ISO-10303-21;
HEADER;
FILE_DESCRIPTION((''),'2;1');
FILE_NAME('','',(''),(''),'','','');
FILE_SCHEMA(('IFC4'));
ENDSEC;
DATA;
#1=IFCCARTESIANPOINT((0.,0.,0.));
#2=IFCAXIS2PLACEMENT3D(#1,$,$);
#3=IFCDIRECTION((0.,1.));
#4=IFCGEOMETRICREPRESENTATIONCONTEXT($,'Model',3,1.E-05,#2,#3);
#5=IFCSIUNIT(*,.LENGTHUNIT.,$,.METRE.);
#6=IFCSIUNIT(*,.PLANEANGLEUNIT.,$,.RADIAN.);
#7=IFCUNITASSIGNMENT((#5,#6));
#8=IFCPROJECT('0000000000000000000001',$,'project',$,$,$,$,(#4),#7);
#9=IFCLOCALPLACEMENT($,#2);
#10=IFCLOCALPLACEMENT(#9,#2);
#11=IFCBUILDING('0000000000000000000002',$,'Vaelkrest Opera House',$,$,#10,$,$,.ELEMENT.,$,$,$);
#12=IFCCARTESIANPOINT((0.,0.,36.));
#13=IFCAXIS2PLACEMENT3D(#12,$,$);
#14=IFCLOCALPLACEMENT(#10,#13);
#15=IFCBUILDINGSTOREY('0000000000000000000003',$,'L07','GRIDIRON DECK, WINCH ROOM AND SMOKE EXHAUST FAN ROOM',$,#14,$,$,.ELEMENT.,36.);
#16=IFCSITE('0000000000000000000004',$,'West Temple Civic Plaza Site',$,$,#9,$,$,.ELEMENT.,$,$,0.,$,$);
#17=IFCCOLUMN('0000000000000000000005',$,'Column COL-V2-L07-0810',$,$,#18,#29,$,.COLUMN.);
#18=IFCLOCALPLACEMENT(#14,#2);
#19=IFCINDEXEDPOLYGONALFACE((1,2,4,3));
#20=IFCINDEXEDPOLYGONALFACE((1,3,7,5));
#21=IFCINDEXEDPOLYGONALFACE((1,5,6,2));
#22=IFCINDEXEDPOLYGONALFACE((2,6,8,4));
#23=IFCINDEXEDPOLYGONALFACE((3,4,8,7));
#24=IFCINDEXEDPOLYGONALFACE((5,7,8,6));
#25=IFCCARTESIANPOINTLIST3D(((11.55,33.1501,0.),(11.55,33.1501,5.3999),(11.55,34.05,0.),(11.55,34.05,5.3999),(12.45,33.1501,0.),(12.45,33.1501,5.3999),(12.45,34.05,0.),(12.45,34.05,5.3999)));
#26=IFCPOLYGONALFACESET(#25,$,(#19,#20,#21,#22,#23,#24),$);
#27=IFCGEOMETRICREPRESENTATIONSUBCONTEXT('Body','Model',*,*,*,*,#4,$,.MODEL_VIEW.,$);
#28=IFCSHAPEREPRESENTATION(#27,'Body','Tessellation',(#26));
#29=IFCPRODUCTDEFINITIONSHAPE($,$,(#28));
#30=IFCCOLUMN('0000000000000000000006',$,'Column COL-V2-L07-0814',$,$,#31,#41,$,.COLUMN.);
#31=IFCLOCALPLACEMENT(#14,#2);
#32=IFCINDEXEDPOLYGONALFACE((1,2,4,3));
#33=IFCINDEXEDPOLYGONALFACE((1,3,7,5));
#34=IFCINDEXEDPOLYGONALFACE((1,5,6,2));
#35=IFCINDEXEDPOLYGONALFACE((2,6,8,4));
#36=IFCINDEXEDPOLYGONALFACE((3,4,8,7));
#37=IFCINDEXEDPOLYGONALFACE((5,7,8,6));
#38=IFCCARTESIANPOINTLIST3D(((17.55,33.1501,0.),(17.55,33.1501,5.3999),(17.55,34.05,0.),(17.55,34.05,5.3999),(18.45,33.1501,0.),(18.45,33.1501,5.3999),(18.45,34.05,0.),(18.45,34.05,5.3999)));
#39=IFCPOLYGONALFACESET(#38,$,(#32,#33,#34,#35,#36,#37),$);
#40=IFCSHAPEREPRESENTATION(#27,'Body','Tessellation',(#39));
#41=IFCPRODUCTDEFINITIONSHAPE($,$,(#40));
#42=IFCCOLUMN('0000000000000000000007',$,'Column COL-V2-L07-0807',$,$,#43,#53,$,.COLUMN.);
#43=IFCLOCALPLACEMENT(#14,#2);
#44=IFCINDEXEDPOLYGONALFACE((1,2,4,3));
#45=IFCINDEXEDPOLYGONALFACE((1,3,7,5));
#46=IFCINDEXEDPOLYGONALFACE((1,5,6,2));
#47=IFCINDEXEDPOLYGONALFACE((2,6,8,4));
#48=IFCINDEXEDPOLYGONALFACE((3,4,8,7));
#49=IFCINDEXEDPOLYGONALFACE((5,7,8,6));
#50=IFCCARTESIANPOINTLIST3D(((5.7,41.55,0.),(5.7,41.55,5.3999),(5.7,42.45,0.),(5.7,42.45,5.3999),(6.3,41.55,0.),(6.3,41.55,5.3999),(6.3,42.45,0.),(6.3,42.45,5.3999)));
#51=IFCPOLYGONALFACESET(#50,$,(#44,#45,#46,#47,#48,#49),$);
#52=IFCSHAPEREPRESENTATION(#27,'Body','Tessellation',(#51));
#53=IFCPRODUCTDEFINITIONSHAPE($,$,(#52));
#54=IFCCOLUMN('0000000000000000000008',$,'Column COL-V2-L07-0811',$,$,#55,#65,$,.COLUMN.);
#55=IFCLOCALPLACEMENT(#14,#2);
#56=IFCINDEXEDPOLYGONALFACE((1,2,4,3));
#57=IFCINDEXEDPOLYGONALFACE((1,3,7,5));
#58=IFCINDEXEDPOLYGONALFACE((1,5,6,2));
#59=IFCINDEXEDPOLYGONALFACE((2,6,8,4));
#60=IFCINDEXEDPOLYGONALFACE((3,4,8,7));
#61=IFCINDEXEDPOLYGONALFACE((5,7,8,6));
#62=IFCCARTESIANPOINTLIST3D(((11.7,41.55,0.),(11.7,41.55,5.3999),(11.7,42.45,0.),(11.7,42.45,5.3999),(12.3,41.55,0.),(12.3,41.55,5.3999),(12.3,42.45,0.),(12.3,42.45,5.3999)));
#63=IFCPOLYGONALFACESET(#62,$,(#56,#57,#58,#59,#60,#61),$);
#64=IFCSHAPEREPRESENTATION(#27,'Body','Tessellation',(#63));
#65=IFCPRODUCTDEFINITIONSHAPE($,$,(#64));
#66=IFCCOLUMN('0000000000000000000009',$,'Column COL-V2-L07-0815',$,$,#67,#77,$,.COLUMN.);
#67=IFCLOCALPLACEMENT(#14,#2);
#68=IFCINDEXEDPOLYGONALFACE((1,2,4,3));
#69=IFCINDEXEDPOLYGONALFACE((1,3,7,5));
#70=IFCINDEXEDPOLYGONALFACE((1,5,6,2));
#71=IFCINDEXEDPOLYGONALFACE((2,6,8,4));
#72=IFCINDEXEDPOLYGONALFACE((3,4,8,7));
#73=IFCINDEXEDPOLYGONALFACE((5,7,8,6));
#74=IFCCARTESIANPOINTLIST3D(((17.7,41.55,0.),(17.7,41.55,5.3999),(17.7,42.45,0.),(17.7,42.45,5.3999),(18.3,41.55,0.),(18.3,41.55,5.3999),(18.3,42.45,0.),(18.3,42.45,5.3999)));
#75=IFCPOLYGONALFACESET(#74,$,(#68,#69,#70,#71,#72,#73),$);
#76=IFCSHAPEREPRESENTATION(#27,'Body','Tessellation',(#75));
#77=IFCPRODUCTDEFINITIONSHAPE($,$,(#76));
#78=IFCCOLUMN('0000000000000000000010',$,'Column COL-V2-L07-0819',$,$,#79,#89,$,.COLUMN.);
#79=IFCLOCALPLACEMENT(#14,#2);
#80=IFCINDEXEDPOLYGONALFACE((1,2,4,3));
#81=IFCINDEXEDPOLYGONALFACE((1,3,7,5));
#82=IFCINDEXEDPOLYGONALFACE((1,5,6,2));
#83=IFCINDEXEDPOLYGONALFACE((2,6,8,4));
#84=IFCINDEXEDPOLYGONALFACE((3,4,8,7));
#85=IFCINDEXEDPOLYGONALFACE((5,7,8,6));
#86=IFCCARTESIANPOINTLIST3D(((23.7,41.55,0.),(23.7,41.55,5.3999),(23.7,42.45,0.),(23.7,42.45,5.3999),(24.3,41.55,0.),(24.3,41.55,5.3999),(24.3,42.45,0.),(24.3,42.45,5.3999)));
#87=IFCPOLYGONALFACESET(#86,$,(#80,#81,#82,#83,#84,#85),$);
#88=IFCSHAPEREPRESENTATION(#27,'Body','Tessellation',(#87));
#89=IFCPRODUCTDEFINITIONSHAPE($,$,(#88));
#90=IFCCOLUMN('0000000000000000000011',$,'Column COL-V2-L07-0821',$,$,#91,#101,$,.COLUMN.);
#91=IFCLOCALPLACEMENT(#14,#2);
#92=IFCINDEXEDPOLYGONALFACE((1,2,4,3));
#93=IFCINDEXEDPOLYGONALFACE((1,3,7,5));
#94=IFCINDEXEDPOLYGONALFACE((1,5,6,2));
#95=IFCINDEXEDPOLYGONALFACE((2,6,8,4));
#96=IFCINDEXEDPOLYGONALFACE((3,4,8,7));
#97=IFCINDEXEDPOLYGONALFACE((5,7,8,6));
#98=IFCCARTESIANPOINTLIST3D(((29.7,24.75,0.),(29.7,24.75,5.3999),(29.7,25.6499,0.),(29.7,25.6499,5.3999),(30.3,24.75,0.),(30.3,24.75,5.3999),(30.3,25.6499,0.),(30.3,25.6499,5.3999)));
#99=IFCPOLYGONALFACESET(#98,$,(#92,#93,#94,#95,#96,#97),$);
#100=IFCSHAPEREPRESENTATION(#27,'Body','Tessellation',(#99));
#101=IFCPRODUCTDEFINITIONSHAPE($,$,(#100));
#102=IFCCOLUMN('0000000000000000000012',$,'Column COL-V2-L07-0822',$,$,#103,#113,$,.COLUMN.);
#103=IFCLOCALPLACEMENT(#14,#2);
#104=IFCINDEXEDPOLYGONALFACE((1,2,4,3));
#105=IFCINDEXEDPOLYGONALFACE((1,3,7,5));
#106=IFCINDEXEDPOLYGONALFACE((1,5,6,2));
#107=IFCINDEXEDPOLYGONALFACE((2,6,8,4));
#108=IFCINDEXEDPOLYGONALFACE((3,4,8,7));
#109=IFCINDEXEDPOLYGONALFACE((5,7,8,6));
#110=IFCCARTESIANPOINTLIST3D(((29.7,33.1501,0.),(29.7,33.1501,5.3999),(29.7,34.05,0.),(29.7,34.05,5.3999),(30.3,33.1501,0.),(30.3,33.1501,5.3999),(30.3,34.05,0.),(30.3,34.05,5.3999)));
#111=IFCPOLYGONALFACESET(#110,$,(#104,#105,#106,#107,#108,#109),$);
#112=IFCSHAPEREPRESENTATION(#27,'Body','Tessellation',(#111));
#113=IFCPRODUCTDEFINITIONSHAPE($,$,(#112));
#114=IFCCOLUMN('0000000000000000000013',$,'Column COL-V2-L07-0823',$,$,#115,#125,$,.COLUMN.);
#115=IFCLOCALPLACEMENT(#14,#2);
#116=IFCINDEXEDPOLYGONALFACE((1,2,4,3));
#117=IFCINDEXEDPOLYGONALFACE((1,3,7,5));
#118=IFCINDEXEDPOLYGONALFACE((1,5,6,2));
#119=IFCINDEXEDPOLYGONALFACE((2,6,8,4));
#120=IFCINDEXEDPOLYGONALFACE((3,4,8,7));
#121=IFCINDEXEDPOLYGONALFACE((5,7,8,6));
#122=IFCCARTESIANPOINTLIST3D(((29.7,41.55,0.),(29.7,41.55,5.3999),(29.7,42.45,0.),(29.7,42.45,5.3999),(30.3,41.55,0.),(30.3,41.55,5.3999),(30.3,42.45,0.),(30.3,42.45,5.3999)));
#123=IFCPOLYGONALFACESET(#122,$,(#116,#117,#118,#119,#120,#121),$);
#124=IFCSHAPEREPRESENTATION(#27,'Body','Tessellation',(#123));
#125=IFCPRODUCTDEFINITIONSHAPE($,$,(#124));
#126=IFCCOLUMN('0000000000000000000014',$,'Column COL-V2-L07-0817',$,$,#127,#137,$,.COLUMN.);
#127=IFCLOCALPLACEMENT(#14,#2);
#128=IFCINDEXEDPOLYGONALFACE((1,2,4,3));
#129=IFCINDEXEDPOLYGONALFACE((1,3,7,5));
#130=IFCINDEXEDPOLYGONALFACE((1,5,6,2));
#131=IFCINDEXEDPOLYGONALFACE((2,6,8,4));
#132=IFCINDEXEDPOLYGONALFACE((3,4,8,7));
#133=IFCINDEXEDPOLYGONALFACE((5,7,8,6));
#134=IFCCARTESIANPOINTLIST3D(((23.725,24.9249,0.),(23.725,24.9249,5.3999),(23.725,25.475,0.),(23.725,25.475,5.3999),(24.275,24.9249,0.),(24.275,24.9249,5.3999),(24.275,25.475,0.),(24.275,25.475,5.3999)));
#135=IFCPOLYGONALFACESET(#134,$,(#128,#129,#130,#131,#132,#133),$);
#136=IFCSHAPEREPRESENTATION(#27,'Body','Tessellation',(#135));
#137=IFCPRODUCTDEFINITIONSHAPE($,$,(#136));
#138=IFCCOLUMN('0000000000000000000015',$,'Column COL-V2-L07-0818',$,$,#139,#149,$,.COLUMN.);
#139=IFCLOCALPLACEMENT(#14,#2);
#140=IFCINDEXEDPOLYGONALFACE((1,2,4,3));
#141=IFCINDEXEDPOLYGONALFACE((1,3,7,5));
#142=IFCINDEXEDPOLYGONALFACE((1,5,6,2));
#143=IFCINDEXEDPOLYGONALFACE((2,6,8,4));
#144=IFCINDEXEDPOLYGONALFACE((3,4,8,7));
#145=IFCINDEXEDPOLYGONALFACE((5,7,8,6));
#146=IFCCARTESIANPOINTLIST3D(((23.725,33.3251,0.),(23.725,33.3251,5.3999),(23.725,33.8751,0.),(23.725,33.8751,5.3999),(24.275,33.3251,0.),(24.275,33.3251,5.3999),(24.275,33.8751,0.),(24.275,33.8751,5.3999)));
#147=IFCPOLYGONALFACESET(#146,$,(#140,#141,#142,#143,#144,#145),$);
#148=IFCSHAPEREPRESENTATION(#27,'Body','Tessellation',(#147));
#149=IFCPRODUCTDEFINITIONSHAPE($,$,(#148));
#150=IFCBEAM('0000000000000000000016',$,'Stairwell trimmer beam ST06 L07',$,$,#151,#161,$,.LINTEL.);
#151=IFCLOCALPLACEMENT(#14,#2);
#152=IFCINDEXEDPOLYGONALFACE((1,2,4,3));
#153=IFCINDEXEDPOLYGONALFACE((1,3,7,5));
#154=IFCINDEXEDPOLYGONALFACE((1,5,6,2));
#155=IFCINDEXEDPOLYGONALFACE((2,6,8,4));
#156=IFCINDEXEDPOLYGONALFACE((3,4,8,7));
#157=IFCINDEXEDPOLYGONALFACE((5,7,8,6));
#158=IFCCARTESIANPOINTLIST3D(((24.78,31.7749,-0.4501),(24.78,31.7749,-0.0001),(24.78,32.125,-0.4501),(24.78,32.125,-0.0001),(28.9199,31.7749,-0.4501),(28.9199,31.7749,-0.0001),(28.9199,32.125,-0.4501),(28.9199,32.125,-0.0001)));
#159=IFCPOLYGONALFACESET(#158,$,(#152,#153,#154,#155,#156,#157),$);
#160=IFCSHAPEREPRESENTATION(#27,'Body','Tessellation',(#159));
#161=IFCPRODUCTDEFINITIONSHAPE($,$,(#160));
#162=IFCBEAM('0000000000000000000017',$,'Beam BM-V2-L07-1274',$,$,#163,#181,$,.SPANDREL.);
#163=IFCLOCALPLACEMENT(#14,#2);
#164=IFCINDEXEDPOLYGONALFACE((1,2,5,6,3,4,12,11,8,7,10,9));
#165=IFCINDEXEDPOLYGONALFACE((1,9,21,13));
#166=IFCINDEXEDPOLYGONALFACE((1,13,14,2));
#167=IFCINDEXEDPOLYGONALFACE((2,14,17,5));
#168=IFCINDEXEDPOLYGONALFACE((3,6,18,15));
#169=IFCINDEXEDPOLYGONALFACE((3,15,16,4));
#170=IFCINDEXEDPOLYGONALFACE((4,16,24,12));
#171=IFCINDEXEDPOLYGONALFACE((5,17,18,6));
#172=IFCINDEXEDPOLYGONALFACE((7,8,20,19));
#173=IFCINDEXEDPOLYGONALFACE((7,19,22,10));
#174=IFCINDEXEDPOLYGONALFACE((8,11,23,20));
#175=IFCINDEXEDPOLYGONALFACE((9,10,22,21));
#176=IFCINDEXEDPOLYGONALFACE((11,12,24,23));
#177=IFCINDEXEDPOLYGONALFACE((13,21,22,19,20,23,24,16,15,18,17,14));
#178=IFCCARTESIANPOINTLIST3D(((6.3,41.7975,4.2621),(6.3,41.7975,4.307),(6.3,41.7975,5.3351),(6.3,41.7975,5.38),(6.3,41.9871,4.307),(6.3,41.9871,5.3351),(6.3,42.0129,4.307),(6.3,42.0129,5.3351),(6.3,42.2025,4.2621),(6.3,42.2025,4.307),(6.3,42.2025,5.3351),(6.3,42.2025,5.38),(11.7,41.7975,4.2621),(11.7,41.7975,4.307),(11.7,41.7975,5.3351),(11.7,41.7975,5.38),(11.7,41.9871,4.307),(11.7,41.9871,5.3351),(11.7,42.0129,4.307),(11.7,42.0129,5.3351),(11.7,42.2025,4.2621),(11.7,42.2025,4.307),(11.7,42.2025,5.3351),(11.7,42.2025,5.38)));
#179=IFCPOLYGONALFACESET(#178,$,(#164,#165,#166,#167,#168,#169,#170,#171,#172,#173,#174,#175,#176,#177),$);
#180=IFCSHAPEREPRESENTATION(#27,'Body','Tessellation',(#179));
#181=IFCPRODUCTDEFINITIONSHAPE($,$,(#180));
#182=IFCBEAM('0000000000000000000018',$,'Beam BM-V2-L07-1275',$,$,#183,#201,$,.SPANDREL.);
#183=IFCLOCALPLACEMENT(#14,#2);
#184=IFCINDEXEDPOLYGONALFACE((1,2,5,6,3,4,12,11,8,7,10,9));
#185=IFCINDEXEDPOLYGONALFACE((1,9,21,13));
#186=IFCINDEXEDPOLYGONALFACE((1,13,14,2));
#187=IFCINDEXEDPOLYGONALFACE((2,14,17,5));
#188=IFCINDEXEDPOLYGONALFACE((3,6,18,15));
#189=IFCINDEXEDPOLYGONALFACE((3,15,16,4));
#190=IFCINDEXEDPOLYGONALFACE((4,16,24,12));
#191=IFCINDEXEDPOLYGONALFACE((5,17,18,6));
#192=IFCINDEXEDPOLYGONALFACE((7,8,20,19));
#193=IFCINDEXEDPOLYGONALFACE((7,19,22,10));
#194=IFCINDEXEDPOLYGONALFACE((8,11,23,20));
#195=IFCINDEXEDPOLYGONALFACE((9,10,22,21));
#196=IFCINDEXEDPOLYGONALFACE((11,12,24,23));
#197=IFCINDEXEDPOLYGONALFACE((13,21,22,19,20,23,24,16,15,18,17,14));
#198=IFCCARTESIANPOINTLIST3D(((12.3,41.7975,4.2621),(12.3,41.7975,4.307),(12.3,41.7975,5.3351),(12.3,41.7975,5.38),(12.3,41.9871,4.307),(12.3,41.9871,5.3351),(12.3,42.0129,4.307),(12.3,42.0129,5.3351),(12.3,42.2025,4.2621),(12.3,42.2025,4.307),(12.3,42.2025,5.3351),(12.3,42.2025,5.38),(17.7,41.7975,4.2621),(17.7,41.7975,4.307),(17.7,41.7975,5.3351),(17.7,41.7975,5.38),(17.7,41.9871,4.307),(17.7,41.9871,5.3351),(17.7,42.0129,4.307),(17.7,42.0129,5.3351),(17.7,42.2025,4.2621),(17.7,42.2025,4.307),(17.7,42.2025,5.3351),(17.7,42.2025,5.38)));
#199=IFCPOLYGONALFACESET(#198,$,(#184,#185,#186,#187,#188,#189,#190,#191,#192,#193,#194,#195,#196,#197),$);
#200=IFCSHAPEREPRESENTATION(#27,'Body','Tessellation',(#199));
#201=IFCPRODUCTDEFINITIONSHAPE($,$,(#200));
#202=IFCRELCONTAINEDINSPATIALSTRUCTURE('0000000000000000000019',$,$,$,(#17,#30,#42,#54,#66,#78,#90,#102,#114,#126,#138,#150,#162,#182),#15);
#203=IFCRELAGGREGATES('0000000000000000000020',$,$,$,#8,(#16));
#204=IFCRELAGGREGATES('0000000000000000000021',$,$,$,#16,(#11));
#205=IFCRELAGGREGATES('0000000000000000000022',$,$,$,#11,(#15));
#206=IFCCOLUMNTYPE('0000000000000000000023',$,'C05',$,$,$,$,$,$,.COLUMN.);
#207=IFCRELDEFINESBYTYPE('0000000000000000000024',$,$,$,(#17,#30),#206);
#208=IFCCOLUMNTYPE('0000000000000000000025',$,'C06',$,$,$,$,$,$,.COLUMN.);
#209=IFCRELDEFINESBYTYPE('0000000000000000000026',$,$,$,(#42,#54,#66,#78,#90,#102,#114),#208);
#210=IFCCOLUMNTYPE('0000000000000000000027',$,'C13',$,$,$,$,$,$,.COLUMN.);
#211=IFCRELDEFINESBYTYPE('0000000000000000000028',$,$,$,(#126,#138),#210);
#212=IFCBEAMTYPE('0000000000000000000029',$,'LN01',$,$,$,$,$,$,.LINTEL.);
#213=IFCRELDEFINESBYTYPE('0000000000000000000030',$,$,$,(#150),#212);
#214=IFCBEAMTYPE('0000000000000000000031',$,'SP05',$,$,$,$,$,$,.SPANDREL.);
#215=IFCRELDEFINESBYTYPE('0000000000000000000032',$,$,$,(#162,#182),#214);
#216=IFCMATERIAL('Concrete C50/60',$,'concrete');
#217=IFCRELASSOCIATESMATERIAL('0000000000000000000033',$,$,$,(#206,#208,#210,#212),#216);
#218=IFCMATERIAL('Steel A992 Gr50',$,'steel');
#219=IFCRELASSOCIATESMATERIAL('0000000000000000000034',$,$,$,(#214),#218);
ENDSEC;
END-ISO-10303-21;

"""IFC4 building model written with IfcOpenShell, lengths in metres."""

from ifc_helpers import new_model, si_unit, direction, frame, origin, origin_2d, place, context, subcontext, project, spatial, rectangle, i_section, extrude, material, material_profile, profile_set, type_object, element, save


model = new_model("IFC4")

# Units and contexts
model_context = context("Model", 3, precision=1e-05, world=origin(), true_north=direction((0.0, 1.0)))
body_context = subcontext(model_context, "Body", "Model", "MODEL_VIEW")
ifc_project = project(units=[si_unit("LENGTHUNIT", "METRE"), si_unit("PLANEANGLEUNIT", "RADIAN")], contexts=[model_context])

# Site, building, storey
site_placement = place(None, origin())
site = spatial("IfcSite", under=ifc_project, at=site_placement, Name="West Temple Civic Plaza Site", CompositionType="ELEMENT", RefElevation=0.0)
building_placement = place(site_placement, origin())
building = spatial("IfcBuilding", under=site, at=building_placement, Name="Vaelkrest Opera House", CompositionType="ELEMENT")
storey_placement = place(building_placement, frame((0.0, 0.0, 36.0)))
storey = spatial("IfcBuildingStorey", under=building, at=storey_placement, Name="L07", Description="GRIDIRON DECK, WINCH ROOM AND SMOKE EXHAUST FAN ROOM", CompositionType="ELEMENT", Elevation=36.0)

# Columns
ifc_material_1 = material(Name="Concrete C50/60", Category="concrete")
ifc_material_profile_1 = material_profile(ifc_material_1, rectangle(XDim=0.8999, YDim=0.8999, at=origin_2d()), Name="RC900X900")
ifc_profile_set_1 = profile_set([ifc_material_profile_1], Name="Concrete C50/60")
column_type_1 = type_object("IfcColumnType", Name="C05", PredefinedType="COLUMN", material=ifc_profile_set_1)
for number, where, z_axis, x_axis, name in (
    (1, (12.0, 33.6001, 0.0), (0.0, 0.0, 1.0), (1.0, 0.0, 0.0), "Column COL-V2-L07-0810"),
    (2, (18.0, 33.6001, 0.0), (0.0, 0.0, 1.0), (1.0, 0.0, 0.0), "Column COL-V2-L07-0814"),
):
    element("IfcColumn", number, at=place(storey_placement, frame(where, z_axis=z_axis, x_axis=x_axis)), inside=storey, type_object=column_type_1, Name=name, PredefinedType="COLUMN", context=body_context, shape_type="SweptSolid", body=[
        extrude(rectangle(XDim=0.8999, YDim=0.8999, at=origin_2d()), origin(), (0.0, 0.0, 1.0), 5.3999),
    ])
ifc_material_profile_2 = material_profile(ifc_material_1, rectangle(XDim=0.6001, YDim=0.8999, at=origin_2d()), Name="RC600X900")
ifc_profile_set_2 = profile_set([ifc_material_profile_2], Name="Concrete C50/60")
column_type_2 = type_object("IfcColumnType", Name="C06", PredefinedType="COLUMN", material=ifc_profile_set_2)
for number, where, z_axis, x_axis, name in (
    (3, (6.0, 42.0, 0.0), (0.0, 0.0, 1.0), (1.0, 0.0, 0.0), "Column COL-V2-L07-0807"),
    (4, (12.0, 42.0, 0.0), (0.0, 0.0, 1.0), (1.0, 0.0, 0.0), "Column COL-V2-L07-0811"),
    (5, (18.0, 42.0, 0.0), (0.0, 0.0, 1.0), (1.0, 0.0, 0.0), "Column COL-V2-L07-0815"),
    (6, (24.0, 42.0, 0.0), (0.0, 0.0, 1.0), (1.0, 0.0, 0.0), "Column COL-V2-L07-0819"),
    (7, (30.0, 25.2, 0.0), (0.0, 0.0, 1.0), (1.0, 0.0, 0.0), "Column COL-V2-L07-0821"),
    (8, (30.0, 33.6001, 0.0), (0.0, 0.0, 1.0), (1.0, 0.0, 0.0), "Column COL-V2-L07-0822"),
    (9, (30.0, 42.0, 0.0), (0.0, 0.0, 1.0), (1.0, 0.0, 0.0), "Column COL-V2-L07-0823"),
):
    element("IfcColumn", number, at=place(storey_placement, frame(where, z_axis=z_axis, x_axis=x_axis)), inside=storey, type_object=column_type_2, Name=name, PredefinedType="COLUMN", context=body_context, shape_type="SweptSolid", body=[
        extrude(rectangle(XDim=0.6001, YDim=0.8999, at=origin_2d()), origin(), (0.0, 0.0, 1.0), 5.3999),
    ])
ifc_material_profile_3 = material_profile(ifc_material_1, rectangle(XDim=0.55, YDim=0.55, at=origin_2d()), Name="RC550X550")
ifc_profile_set_3 = profile_set([ifc_material_profile_3], Name="Concrete C50/60")
column_type_3 = type_object("IfcColumnType", Name="C13", PredefinedType="COLUMN", material=ifc_profile_set_3)
for number, where, z_axis, x_axis, name in (
    (10, (24.0, 25.2, 0.0), (0.0, 0.0, 1.0), (1.0, 0.0, 0.0), "Column COL-V2-L07-0817"),
    (11, (24.0, 33.6001, 0.0), (0.0, 0.0, 1.0), (1.0, 0.0, 0.0), "Column COL-V2-L07-0818"),
):
    element("IfcColumn", number, at=place(storey_placement, frame(where, z_axis=z_axis, x_axis=x_axis)), inside=storey, type_object=column_type_3, Name=name, PredefinedType="COLUMN", context=body_context, shape_type="SweptSolid", body=[
        extrude(rectangle(XDim=0.55, YDim=0.55, at=origin_2d()), origin(), (0.0, 0.0, 1.0), 5.3999),
    ])

# Beams
ifc_material_profile_4 = material_profile(ifc_material_1, rectangle(XDim=0.3501, YDim=0.45, at=origin_2d()), Name="RCB350X450")
ifc_profile_set_4 = profile_set([ifc_material_profile_4], Name="Concrete C50/60")
beam_type_1 = type_object("IfcBeamType", Name="LN01", PredefinedType="LINTEL", material=ifc_profile_set_4)
beam_placement = place(storey_placement, frame((24.78, 31.95, -0.2251), z_axis=(1.0, 0.0, 0.0), x_axis=(0.0, 1.0, 0.0)))
element("IfcBeam", 12, at=beam_placement, inside=storey, type_object=beam_type_1, Name="Stairwell trimmer beam ST06 L07", PredefinedType="LINTEL", context=body_context, shape_type="SweptSolid", body=[
    extrude(rectangle(XDim=0.3501, YDim=0.45, at=origin_2d()), origin(), (0.0, 0.0, 1.0), 4.1399),
])
ifc_material_2 = material(Name="Steel A992 Gr50", Category="steel")
ifc_material_profile_5 = material_profile(ifc_material_2, i_section(OverallWidth=0.405, OverallDepth=1.1179, WebThickness=0.0259, FlangeThickness=0.0449, at=origin_2d()), Name="W44X335")
ifc_profile_set_5 = profile_set([ifc_material_profile_5], Name="Steel A992 Gr50")
beam_type_2 = type_object("IfcBeamType", Name="SP05", PredefinedType="SPANDREL", material=ifc_profile_set_5)
for number, where, z_axis, x_axis, name in (
    (13, (6.3, 42.0, 4.821), (1.0, 0.0, 0.0), (0.0, 1.0, 0.0), "Beam BM-V2-L07-1274"),
    (14, (12.3, 42.0, 4.821), (1.0, 0.0, 0.0), (0.0, 1.0, 0.0), "Beam BM-V2-L07-1275"),
):
    element("IfcBeam", number, at=place(storey_placement, frame(where, z_axis=z_axis, x_axis=x_axis)), inside=storey, type_object=beam_type_2, Name=name, PredefinedType="SPANDREL", context=body_context, shape_type="SweptSolid", body=[
        extrude(i_section(OverallWidth=0.405, OverallDepth=1.1179, WebThickness=0.0259, FlangeThickness=0.0449, at=origin_2d()), origin(), (0.0, 0.0, 1.0), 5.3999),
    ])

save(model, "model.ifc")
